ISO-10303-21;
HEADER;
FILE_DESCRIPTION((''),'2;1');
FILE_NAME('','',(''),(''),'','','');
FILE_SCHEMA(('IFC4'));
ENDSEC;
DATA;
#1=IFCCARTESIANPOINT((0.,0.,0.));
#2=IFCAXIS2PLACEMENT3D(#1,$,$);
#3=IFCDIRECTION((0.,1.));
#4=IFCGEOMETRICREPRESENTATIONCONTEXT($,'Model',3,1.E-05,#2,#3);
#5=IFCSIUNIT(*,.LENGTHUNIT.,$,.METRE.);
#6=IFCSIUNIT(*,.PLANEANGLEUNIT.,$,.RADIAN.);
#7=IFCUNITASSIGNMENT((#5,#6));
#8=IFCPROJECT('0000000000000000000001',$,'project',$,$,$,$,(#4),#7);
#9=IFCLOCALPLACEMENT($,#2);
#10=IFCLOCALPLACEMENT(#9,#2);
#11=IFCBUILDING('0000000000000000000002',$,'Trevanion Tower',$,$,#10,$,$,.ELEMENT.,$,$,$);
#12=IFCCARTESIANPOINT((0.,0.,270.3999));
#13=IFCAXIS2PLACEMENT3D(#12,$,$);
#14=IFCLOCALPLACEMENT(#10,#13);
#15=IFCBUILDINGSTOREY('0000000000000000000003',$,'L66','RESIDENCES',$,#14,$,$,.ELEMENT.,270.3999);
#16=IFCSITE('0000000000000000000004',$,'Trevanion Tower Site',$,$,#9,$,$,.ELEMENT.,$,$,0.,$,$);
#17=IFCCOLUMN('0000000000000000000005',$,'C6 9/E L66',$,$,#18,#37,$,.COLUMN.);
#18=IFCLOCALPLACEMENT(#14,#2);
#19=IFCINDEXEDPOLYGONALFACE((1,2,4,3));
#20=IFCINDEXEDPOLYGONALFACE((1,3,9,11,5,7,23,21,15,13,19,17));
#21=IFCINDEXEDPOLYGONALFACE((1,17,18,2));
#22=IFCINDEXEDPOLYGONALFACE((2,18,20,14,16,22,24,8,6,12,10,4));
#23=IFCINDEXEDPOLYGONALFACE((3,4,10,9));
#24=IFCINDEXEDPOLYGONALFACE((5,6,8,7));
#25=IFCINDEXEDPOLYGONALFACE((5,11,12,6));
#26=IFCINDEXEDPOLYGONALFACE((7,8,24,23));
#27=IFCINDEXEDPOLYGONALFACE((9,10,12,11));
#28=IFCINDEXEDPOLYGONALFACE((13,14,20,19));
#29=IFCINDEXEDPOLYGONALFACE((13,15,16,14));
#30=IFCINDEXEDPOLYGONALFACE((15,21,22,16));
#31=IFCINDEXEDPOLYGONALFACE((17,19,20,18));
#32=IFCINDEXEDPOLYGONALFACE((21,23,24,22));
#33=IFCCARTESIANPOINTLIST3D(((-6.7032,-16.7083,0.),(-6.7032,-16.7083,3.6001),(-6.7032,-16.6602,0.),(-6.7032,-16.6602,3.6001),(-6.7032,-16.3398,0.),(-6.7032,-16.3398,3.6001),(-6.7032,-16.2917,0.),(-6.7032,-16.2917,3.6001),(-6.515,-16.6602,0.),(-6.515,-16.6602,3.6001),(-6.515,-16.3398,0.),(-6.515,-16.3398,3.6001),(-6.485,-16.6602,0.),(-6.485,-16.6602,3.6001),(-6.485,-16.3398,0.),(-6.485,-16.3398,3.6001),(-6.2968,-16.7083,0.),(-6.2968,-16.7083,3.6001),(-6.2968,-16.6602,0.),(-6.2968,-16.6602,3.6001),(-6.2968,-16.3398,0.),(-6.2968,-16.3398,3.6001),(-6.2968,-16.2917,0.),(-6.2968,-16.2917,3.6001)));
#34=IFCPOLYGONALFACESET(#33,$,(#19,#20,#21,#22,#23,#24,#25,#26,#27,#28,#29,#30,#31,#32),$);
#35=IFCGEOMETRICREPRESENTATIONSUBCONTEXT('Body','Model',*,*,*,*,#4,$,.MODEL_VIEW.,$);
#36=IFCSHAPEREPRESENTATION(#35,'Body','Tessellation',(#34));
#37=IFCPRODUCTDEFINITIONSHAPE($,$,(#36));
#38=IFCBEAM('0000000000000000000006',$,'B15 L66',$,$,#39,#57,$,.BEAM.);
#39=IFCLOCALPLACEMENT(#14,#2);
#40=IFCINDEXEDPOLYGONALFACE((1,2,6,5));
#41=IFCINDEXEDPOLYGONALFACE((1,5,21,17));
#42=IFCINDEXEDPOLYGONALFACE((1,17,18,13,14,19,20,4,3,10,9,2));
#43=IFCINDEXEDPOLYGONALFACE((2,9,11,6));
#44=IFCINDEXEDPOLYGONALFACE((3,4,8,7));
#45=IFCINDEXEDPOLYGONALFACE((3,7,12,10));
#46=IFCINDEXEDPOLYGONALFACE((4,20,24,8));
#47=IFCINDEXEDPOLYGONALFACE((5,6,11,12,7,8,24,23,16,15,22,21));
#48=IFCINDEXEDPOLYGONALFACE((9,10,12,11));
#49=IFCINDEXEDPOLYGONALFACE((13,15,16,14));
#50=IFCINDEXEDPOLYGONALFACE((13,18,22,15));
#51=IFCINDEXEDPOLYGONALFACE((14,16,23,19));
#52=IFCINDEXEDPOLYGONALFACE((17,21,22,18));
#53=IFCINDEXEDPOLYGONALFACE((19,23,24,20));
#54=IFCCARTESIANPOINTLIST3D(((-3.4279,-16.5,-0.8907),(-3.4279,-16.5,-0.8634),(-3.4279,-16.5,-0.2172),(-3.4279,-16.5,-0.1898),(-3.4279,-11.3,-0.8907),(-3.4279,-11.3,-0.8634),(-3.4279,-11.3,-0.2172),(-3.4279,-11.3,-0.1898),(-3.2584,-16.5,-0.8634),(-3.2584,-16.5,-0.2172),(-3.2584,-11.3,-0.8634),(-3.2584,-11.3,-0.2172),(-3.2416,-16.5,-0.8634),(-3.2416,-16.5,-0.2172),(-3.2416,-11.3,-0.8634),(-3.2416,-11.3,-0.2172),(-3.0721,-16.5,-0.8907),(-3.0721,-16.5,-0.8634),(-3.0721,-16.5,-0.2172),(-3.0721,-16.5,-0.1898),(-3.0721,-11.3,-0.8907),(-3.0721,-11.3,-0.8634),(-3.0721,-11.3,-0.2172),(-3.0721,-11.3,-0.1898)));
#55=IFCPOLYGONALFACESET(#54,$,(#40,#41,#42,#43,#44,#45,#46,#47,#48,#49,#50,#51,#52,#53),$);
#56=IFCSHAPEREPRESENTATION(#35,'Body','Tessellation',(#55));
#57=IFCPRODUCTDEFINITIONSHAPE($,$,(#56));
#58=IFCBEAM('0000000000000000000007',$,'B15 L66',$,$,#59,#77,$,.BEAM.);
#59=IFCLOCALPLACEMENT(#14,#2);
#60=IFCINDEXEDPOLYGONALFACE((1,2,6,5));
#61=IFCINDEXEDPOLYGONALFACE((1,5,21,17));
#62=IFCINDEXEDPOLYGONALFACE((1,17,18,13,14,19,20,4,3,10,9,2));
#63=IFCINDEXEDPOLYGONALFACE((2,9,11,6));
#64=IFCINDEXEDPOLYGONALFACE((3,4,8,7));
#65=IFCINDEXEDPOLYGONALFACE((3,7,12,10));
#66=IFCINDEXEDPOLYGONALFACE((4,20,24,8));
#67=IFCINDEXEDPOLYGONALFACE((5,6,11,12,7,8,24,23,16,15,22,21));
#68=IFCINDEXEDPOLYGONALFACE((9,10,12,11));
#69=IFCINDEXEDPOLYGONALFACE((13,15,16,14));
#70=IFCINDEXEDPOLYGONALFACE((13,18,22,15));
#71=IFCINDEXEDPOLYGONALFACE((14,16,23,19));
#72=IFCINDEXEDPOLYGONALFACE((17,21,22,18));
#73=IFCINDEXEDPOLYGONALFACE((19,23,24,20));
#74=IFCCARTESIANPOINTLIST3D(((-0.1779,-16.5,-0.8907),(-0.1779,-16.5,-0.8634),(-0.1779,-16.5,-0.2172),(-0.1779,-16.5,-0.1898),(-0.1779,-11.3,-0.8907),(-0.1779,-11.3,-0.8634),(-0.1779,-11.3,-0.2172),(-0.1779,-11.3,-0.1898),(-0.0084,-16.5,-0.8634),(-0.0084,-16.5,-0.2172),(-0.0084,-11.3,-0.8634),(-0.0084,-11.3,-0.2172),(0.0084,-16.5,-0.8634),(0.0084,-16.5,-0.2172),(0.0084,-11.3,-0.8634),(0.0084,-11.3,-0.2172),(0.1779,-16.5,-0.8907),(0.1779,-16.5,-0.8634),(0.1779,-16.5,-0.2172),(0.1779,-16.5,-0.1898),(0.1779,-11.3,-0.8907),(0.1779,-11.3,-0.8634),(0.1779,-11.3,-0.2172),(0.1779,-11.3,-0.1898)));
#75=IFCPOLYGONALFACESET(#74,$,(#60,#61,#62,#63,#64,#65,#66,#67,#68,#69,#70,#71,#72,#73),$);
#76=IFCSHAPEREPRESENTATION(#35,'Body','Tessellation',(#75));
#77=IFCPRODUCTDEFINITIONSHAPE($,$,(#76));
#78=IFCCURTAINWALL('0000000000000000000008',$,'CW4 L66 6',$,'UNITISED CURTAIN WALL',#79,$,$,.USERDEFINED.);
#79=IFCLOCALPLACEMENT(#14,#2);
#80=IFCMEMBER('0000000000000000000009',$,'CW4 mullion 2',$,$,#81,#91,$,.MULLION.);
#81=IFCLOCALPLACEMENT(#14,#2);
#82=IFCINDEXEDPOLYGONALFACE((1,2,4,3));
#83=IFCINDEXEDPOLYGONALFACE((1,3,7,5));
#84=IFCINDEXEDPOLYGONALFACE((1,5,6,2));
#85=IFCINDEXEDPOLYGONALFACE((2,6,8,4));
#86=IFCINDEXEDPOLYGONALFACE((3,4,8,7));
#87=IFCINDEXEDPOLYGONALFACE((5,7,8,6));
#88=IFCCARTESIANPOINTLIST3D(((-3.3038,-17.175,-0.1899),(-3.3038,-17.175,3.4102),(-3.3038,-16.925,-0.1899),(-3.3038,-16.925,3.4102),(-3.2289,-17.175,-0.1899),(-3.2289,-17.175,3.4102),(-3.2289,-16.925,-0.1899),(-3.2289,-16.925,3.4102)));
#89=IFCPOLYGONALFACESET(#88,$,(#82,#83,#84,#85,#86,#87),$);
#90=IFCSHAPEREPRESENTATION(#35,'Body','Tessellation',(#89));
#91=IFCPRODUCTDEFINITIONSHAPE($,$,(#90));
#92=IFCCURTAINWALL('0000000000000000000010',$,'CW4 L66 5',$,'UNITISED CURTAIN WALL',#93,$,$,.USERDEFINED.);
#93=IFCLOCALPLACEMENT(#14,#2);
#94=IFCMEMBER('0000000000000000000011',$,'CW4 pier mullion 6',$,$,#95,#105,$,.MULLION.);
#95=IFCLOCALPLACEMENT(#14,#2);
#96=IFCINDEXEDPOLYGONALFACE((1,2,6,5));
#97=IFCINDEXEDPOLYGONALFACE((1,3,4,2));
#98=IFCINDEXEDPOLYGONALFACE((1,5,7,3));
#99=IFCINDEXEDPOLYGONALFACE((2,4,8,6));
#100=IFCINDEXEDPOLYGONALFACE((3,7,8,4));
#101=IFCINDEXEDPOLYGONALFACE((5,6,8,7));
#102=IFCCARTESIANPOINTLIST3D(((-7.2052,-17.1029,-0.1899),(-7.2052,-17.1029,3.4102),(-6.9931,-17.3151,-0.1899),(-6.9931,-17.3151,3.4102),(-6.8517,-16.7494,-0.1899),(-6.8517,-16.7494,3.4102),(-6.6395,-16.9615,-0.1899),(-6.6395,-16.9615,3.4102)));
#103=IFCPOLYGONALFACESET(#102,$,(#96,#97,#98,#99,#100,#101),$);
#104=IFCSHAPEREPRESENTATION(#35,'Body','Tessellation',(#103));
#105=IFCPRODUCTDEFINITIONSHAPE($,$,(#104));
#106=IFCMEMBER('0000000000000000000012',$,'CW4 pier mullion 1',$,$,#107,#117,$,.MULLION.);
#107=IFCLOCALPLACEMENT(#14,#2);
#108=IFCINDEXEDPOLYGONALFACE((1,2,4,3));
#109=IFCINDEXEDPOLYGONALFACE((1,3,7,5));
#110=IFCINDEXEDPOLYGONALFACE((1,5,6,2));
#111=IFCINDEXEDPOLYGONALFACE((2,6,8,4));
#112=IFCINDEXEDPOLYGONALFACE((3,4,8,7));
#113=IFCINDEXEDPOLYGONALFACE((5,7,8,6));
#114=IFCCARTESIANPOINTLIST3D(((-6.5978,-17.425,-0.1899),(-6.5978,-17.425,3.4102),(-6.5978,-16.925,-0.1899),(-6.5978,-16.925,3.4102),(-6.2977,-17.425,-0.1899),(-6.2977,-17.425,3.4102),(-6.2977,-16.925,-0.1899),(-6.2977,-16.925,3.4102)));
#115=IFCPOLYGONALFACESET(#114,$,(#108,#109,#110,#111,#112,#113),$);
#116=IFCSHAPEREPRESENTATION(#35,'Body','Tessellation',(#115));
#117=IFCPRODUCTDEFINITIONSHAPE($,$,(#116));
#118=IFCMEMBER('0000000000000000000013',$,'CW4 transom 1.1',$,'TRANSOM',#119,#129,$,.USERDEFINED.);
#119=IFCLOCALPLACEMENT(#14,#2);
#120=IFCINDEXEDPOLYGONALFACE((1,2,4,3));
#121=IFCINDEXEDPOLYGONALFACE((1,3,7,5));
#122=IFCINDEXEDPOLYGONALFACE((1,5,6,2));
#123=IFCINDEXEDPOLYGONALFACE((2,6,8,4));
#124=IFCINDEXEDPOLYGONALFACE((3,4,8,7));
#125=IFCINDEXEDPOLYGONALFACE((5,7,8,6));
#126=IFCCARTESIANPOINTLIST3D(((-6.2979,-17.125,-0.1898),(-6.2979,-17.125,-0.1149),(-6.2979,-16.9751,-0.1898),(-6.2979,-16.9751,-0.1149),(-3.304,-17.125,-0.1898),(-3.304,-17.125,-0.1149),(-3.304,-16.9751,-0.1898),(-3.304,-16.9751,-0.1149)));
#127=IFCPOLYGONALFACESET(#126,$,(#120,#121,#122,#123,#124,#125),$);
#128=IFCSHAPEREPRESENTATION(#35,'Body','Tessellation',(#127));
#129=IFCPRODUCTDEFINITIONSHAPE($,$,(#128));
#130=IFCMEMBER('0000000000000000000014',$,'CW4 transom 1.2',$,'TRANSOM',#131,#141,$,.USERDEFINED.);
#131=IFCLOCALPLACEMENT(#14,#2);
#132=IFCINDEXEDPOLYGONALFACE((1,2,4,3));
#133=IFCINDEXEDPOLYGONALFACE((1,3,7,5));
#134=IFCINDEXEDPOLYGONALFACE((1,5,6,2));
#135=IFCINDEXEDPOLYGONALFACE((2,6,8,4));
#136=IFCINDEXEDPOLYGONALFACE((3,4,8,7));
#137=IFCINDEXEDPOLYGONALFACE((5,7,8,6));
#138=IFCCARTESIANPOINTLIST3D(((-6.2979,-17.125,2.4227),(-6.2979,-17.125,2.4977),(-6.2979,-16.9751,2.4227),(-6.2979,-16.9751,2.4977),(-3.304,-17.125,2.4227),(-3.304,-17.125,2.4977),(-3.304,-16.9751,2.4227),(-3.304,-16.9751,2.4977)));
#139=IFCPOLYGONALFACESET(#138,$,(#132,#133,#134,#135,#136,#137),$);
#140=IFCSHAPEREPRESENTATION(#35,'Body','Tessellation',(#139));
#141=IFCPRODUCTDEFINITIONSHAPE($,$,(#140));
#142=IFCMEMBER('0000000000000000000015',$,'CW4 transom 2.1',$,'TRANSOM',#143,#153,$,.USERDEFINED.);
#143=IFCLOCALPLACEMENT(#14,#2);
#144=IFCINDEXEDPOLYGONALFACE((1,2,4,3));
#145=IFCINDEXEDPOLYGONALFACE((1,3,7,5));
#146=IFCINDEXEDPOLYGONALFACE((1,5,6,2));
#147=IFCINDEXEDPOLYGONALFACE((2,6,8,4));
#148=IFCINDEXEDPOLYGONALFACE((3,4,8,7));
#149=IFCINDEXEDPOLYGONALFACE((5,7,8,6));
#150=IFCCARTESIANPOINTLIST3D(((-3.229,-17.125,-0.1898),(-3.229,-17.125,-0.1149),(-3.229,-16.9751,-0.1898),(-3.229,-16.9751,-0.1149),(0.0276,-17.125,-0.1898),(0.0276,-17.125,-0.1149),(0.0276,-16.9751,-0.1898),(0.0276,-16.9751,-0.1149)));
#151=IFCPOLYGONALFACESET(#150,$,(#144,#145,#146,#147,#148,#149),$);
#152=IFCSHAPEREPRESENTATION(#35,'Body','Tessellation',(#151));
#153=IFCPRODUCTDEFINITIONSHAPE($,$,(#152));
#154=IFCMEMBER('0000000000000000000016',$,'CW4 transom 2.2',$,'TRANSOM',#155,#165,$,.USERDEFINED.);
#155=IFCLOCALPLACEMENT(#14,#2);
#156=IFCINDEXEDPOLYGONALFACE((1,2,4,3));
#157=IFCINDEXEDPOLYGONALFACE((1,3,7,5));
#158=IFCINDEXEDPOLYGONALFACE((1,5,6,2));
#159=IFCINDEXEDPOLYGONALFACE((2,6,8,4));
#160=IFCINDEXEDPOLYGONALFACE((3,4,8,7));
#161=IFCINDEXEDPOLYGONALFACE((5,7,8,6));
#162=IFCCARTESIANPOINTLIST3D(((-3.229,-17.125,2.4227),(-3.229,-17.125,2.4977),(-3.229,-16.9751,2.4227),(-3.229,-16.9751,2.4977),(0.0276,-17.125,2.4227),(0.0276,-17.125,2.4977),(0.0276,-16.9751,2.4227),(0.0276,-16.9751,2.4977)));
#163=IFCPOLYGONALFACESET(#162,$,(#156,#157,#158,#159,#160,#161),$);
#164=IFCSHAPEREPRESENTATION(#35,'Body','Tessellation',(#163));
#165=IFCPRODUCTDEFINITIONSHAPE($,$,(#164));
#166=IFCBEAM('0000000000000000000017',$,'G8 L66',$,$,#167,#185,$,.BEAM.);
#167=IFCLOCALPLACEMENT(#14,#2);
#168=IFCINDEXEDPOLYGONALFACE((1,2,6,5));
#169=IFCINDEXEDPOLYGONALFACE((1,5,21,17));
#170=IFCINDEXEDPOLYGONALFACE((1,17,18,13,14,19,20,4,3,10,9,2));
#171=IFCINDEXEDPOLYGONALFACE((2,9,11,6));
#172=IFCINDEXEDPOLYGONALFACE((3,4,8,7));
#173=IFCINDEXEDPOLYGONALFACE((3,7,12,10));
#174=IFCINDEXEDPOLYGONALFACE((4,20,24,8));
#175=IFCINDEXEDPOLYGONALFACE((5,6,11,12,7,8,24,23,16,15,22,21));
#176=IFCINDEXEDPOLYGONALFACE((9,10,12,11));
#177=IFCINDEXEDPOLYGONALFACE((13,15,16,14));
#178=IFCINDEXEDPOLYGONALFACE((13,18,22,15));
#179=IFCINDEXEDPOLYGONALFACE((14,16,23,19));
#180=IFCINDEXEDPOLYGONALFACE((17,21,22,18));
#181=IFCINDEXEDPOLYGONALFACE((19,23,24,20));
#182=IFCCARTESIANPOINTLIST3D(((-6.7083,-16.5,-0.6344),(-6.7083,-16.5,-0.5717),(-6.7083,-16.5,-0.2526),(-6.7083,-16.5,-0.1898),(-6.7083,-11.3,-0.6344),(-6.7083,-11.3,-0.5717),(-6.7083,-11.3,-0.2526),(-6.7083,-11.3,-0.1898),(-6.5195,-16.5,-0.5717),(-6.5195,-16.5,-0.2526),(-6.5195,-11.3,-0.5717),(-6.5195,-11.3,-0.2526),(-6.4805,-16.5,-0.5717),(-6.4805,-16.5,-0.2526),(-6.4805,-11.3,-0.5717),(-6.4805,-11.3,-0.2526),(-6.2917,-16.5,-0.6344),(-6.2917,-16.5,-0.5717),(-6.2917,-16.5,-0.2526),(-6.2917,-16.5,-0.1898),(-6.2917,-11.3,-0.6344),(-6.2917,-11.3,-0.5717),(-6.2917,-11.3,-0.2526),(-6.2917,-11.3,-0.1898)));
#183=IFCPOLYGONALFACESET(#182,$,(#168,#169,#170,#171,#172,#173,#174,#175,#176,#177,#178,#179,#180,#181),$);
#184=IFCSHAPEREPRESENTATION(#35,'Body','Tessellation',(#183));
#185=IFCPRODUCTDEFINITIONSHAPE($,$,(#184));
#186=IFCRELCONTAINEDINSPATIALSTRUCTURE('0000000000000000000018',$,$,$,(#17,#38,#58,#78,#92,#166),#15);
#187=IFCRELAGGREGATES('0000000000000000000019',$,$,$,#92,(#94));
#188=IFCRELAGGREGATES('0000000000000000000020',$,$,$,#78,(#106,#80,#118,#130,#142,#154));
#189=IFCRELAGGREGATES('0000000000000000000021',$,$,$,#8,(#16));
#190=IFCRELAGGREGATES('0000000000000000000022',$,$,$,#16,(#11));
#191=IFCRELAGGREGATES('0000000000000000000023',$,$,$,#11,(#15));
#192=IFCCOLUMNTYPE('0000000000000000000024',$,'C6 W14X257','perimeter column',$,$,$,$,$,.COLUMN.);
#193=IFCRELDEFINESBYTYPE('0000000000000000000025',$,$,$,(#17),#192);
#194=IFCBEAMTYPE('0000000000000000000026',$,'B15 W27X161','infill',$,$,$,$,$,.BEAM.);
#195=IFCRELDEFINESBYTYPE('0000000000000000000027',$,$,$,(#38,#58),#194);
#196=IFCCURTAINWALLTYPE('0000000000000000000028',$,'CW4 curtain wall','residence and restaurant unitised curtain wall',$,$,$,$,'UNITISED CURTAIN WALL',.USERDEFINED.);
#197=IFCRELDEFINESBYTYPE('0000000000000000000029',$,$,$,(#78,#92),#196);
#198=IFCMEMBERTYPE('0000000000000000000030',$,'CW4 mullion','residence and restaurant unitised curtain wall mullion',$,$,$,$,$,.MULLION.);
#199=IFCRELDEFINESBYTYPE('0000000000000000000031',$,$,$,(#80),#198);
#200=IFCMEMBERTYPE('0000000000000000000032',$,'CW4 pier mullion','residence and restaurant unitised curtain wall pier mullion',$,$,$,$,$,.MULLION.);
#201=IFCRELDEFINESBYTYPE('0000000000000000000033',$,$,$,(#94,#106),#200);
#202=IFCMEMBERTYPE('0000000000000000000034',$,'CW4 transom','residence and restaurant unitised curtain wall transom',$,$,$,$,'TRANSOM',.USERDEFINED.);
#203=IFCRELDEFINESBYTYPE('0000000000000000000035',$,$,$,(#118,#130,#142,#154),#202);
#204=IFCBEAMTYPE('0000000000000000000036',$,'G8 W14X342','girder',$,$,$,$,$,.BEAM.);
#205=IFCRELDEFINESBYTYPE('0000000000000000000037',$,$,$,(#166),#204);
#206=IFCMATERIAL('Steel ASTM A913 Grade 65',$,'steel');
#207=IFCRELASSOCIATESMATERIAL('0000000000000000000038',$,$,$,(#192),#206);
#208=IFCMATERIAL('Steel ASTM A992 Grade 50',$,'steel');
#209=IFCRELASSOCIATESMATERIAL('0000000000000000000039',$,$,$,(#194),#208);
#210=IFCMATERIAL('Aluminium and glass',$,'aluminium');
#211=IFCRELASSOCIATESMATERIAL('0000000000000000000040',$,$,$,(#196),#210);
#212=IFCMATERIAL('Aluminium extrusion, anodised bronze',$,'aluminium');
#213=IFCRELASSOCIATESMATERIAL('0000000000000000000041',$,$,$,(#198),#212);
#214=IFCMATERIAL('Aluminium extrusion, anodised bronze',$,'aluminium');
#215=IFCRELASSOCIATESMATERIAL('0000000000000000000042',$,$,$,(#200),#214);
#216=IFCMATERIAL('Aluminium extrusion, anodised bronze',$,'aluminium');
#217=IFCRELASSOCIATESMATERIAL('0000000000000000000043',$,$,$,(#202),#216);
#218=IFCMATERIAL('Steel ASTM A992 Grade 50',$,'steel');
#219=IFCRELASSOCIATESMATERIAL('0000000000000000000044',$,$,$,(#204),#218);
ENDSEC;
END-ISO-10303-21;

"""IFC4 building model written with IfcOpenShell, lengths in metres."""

from ifc_helpers import new_model, si_unit, direction, frame, origin, origin_2d, place, context, subcontext, project, spatial, rectangle, i_section, extrude, material, material_profile, profile_set, type_object, element, aggregate, save


model = new_model("IFC4")

# Units and contexts
model_context = context("Model", 3, precision=1e-05, world=origin(), true_north=direction((0.0, 1.0)))
body_context = subcontext(model_context, "Body", "Model", "MODEL_VIEW")
ifc_project = project(units=[si_unit("LENGTHUNIT", "METRE"), si_unit("PLANEANGLEUNIT", "RADIAN")], contexts=[model_context])

# Site, building, storey
site_placement = place(None, origin())
site = spatial("IfcSite", under=ifc_project, at=site_placement, Name="Trevanion Tower Site", CompositionType="ELEMENT", RefElevation=0.0)
building_placement = place(site_placement, origin())
building = spatial("IfcBuilding", under=site, at=building_placement, Name="Trevanion Tower", CompositionType="ELEMENT")
storey_placement = place(building_placement, frame((0.0, 0.0, 270.3999)))
storey = spatial("IfcBuildingStorey", under=building, at=storey_placement, Name="L66", Description="RESIDENCES", CompositionType="ELEMENT", Elevation=270.3999)

# Column
ifc_material_1 = material(Name="Steel ASTM A913 Grade 65", Category="steel")
ifc_material_profile_1 = material_profile(ifc_material_1, i_section(OverallWidth=0.4065, OverallDepth=0.4165, WebThickness=0.03, FlangeThickness=0.0481, at=origin_2d()), Name="W14X257")
ifc_profile_set_1 = profile_set([ifc_material_profile_1], Name="Steel ASTM A913 Grade 65")
column_type = type_object("IfcColumnType", Name="C6 W14X257", Description="perimeter column", PredefinedType="COLUMN", material=ifc_profile_set_1)
column_placement = place(storey_placement, frame((-6.5, -16.5, 0.0), z_axis=(0.0, 0.0, 1.0), x_axis=(1.0, 0.0, 0.0)))
element("IfcColumn", 1, at=column_placement, inside=storey, type_object=column_type, Name="C6 9/E L66", PredefinedType="COLUMN", context=body_context, shape_type="SweptSolid", body=[
    extrude(i_section(OverallWidth=0.4065, OverallDepth=0.4165, WebThickness=0.03, FlangeThickness=0.0481, at=origin_2d()), origin(), (0.0, 0.0, 1.0), 3.6001),
])

# Beams
ifc_material_2 = material(Name="Steel ASTM A992 Grade 50", Category="steel")
ifc_material_profile_2 = material_profile(ifc_material_2, i_section(OverallWidth=0.3557, OverallDepth=0.7009, WebThickness=0.0168, FlangeThickness=0.0273, at=origin_2d()), Name="W27X161")
ifc_profile_set_2 = profile_set([ifc_material_profile_2], Name="Steel ASTM A992 Grade 50")
beam_type_1 = type_object("IfcBeamType", Name="B15 W27X161", Description="infill", PredefinedType="BEAM", material=ifc_profile_set_2)
for number, where, z_axis, x_axis, name in (
    (2, (-3.25, -11.3, -0.5403), (0.0, -1.0, 0.0), (1.0, 0.0, 0.0), "B15 L66"),
    (3, (0.0, -11.3, -0.5403), (0.0, -1.0, 0.0), (1.0, 0.0, 0.0), "B15 L66"),
):
    element("IfcBeam", number, at=place(storey_placement, frame(where, z_axis=z_axis, x_axis=x_axis)), inside=storey, type_object=beam_type_1, Name=name, PredefinedType="BEAM", context=body_context, shape_type="SweptSolid", body=[
        extrude(i_section(OverallWidth=0.3557, OverallDepth=0.7009, WebThickness=0.0168, FlangeThickness=0.0273, at=origin_2d()), origin(), (0.0, 0.0, 1.0), 5.2),
    ])

# Curtain walls, members
ifc_material_3 = material(Name="Aluminium and glass", Category="aluminium")
curtain_wall_type = type_object("IfcCurtainWallType", Name="CW4 curtain wall", Description="residence and restaurant unitised curtain wall", ElementType="UNITISED CURTAIN WALL", PredefinedType="USERDEFINED", material=ifc_material_3)
curtain_wall_1_placement = place(storey_placement, origin())
curtain_wall_1 = element("IfcCurtainWall", 4, at=curtain_wall_1_placement, inside=storey, type_object=curtain_wall_type, Name="CW4 L66 6", ObjectType="UNITISED CURTAIN WALL", PredefinedType="USERDEFINED")
ifc_material_4 = material(Name="Aluminium extrusion, anodised bronze", Category="aluminium")
ifc_material_profile_3 = material_profile(ifc_material_4, rectangle(XDim=0.075, YDim=0.25, at=origin_2d()), Name="CW4 mullion")
ifc_profile_set_3 = profile_set([ifc_material_profile_3], Name="Aluminium extrusion, anodised bronze")
member_type_1 = type_object("IfcMemberType", Name="CW4 mullion", Description="residence and restaurant unitised curtain wall mullion", PredefinedType="MULLION", material=ifc_profile_set_3)
member_1_placement = place(storey_placement, frame((-3.2664, -17.05, -0.1899), z_axis=(0.0, 0.0, 1.0), x_axis=(1.0, 0.0, 0.0)))
member_1 = element("IfcMember", 5, at=member_1_placement, type_object=member_type_1, Name="CW4 mullion 2", PredefinedType="MULLION", context=body_context, shape_type="SweptSolid", body=[
    extrude(rectangle(XDim=0.075, YDim=0.25, at=origin_2d()), origin(), (0.0, 0.0, 1.0), 3.6001),
])
curtain_wall_2_placement = place(storey_placement, origin())
curtain_wall_2 = element("IfcCurtainWall", 6, at=curtain_wall_2_placement, inside=storey, type_object=curtain_wall_type, Name="CW4 L66 5", ObjectType="UNITISED CURTAIN WALL", PredefinedType="USERDEFINED")
ifc_material_5 = material(Name="Aluminium extrusion, anodised bronze", Category="aluminium")
ifc_material_profile_4 = material_profile(ifc_material_5, rectangle(XDim=0.3, YDim=0.5, at=origin_2d()), Name="CW4 pier mullion")
ifc_profile_set_4 = profile_set([ifc_material_profile_4], Name="Aluminium extrusion, anodised bronze")
member_type_2 = type_object("IfcMemberType", Name="CW4 pier mullion", Description="residence and restaurant unitised curtain wall pier mullion", PredefinedType="MULLION", material=ifc_profile_set_4)
member_2_placement = place(storey_placement, frame((-6.9224, -17.0322, -0.1899), z_axis=(0.0, 0.0, 1.0), x_axis=(0.707107, -0.707107, 0.0)))
member_2 = element("IfcMember", 7, at=member_2_placement, type_object=member_type_2, Name="CW4 pier mullion 6", PredefinedType="MULLION", context=body_context, shape_type="SweptSolid", body=[
    extrude(rectangle(XDim=0.3, YDim=0.5, at=origin_2d()), origin(), (0.0, 0.0, 1.0), 3.6001),
])

# Members
member_3_placement = place(storey_placement, frame((-6.4478, -17.175, -0.1899), z_axis=(0.0, 0.0, 1.0), x_axis=(1.0, 0.0, 0.0)))
member_3 = element("IfcMember", 8, at=member_3_placement, type_object=member_type_2, Name="CW4 pier mullion 1", PredefinedType="MULLION", context=body_context, shape_type="SweptSolid", body=[
    extrude(rectangle(XDim=0.3, YDim=0.5, at=origin_2d()), origin(), (0.0, 0.0, 1.0), 3.6001),
])
ifc_material_6 = material(Name="Aluminium extrusion, anodised bronze", Category="aluminium")
ifc_material_profile_5 = material_profile(ifc_material_6, rectangle(XDim=0.1499, YDim=0.075, at=origin_2d()), Name="CW4 transom")
ifc_profile_set_5 = profile_set([ifc_material_profile_5], Name="Aluminium extrusion, anodised bronze")
member_type_3 = type_object("IfcMemberType", Name="CW4 transom", Description="residence and restaurant unitised curtain wall transom", ElementType="TRANSOM", PredefinedType="USERDEFINED", material=ifc_profile_set_5)
member_4_placement = place(storey_placement, frame((-6.2979, -17.05, -0.1523), z_axis=(1.0, 0.0, 0.0), x_axis=(0.0, 1.0, 0.0)))
member_4 = element("IfcMember", 9, at=member_4_placement, type_object=member_type_3, Name="CW4 transom 1.1", ObjectType="TRANSOM", PredefinedType="USERDEFINED", context=body_context, shape_type="SweptSolid", body=[
    extrude(rectangle(XDim=0.1499, YDim=0.075, at=origin_2d()), origin(), (0.0, 0.0, 1.0), 2.9939),
])
member_5_placement = place(storey_placement, frame((-6.2979, -17.05, 2.4602), z_axis=(1.0, 0.0, 0.0), x_axis=(0.0, 1.0, 0.0)))
member_5 = element("IfcMember", 10, at=member_5_placement, type_object=member_type_3, Name="CW4 transom 1.2", ObjectType="TRANSOM", PredefinedType="USERDEFINED", context=body_context, shape_type="SweptSolid", body=[
    extrude(rectangle(XDim=0.1499, YDim=0.075, at=origin_2d()), origin(), (0.0, 0.0, 1.0), 2.9939),
])
member_6_placement = place(storey_placement, frame((-3.229, -17.05, -0.1523), z_axis=(1.0, 0.0, 0.0), x_axis=(0.0, 1.0, 0.0)))
member_6 = element("IfcMember", 11, at=member_6_placement, type_object=member_type_3, Name="CW4 transom 2.1", ObjectType="TRANSOM", PredefinedType="USERDEFINED", context=body_context, shape_type="SweptSolid", body=[
    extrude(rectangle(XDim=0.1499, YDim=0.075, at=origin_2d()), origin(), (0.0, 0.0, 1.0), 3.2566),
])
member_7_placement = place(storey_placement, frame((-3.229, -17.05, 2.4602), z_axis=(1.0, 0.0, 0.0), x_axis=(0.0, 1.0, 0.0)))
member_7 = element("IfcMember", 12, at=member_7_placement, type_object=member_type_3, Name="CW4 transom 2.2", ObjectType="TRANSOM", PredefinedType="USERDEFINED", context=body_context, shape_type="SweptSolid", body=[
    extrude(rectangle(XDim=0.1499, YDim=0.075, at=origin_2d()), origin(), (0.0, 0.0, 1.0), 3.2566),
])

# Beam
ifc_material_7 = material(Name="Steel ASTM A992 Grade 50", Category="steel")
ifc_material_profile_6 = material_profile(ifc_material_7, i_section(OverallWidth=0.4165, OverallDepth=0.4446, WebThickness=0.0391, FlangeThickness=0.0627, at=origin_2d()), Name="W14X342")
ifc_profile_set_6 = profile_set([ifc_material_profile_6], Name="Steel ASTM A992 Grade 50")
beam_type_2 = type_object("IfcBeamType", Name="G8 W14X342", Description="girder", PredefinedType="BEAM", material=ifc_profile_set_6)
beam_1_placement = place(storey_placement, frame((-6.5, -11.3, -0.4121), z_axis=(0.0, -1.0, 0.0), x_axis=(1.0, 0.0, 0.0)))
element("IfcBeam", 13, at=beam_1_placement, inside=storey, type_object=beam_type_2, Name="G8 L66", PredefinedType="BEAM", context=body_context, shape_type="SweptSolid", body=[
    extrude(i_section(OverallWidth=0.4165, OverallDepth=0.4446, WebThickness=0.0391, FlangeThickness=0.0627, at=origin_2d()), origin(), (0.0, 0.0, 1.0), 5.2),
])

aggregate(curtain_wall_2, [member_2])
aggregate(curtain_wall_1, [member_3, member_1, member_4, member_5, member_6, member_7])

save(model, "model.ifc")
